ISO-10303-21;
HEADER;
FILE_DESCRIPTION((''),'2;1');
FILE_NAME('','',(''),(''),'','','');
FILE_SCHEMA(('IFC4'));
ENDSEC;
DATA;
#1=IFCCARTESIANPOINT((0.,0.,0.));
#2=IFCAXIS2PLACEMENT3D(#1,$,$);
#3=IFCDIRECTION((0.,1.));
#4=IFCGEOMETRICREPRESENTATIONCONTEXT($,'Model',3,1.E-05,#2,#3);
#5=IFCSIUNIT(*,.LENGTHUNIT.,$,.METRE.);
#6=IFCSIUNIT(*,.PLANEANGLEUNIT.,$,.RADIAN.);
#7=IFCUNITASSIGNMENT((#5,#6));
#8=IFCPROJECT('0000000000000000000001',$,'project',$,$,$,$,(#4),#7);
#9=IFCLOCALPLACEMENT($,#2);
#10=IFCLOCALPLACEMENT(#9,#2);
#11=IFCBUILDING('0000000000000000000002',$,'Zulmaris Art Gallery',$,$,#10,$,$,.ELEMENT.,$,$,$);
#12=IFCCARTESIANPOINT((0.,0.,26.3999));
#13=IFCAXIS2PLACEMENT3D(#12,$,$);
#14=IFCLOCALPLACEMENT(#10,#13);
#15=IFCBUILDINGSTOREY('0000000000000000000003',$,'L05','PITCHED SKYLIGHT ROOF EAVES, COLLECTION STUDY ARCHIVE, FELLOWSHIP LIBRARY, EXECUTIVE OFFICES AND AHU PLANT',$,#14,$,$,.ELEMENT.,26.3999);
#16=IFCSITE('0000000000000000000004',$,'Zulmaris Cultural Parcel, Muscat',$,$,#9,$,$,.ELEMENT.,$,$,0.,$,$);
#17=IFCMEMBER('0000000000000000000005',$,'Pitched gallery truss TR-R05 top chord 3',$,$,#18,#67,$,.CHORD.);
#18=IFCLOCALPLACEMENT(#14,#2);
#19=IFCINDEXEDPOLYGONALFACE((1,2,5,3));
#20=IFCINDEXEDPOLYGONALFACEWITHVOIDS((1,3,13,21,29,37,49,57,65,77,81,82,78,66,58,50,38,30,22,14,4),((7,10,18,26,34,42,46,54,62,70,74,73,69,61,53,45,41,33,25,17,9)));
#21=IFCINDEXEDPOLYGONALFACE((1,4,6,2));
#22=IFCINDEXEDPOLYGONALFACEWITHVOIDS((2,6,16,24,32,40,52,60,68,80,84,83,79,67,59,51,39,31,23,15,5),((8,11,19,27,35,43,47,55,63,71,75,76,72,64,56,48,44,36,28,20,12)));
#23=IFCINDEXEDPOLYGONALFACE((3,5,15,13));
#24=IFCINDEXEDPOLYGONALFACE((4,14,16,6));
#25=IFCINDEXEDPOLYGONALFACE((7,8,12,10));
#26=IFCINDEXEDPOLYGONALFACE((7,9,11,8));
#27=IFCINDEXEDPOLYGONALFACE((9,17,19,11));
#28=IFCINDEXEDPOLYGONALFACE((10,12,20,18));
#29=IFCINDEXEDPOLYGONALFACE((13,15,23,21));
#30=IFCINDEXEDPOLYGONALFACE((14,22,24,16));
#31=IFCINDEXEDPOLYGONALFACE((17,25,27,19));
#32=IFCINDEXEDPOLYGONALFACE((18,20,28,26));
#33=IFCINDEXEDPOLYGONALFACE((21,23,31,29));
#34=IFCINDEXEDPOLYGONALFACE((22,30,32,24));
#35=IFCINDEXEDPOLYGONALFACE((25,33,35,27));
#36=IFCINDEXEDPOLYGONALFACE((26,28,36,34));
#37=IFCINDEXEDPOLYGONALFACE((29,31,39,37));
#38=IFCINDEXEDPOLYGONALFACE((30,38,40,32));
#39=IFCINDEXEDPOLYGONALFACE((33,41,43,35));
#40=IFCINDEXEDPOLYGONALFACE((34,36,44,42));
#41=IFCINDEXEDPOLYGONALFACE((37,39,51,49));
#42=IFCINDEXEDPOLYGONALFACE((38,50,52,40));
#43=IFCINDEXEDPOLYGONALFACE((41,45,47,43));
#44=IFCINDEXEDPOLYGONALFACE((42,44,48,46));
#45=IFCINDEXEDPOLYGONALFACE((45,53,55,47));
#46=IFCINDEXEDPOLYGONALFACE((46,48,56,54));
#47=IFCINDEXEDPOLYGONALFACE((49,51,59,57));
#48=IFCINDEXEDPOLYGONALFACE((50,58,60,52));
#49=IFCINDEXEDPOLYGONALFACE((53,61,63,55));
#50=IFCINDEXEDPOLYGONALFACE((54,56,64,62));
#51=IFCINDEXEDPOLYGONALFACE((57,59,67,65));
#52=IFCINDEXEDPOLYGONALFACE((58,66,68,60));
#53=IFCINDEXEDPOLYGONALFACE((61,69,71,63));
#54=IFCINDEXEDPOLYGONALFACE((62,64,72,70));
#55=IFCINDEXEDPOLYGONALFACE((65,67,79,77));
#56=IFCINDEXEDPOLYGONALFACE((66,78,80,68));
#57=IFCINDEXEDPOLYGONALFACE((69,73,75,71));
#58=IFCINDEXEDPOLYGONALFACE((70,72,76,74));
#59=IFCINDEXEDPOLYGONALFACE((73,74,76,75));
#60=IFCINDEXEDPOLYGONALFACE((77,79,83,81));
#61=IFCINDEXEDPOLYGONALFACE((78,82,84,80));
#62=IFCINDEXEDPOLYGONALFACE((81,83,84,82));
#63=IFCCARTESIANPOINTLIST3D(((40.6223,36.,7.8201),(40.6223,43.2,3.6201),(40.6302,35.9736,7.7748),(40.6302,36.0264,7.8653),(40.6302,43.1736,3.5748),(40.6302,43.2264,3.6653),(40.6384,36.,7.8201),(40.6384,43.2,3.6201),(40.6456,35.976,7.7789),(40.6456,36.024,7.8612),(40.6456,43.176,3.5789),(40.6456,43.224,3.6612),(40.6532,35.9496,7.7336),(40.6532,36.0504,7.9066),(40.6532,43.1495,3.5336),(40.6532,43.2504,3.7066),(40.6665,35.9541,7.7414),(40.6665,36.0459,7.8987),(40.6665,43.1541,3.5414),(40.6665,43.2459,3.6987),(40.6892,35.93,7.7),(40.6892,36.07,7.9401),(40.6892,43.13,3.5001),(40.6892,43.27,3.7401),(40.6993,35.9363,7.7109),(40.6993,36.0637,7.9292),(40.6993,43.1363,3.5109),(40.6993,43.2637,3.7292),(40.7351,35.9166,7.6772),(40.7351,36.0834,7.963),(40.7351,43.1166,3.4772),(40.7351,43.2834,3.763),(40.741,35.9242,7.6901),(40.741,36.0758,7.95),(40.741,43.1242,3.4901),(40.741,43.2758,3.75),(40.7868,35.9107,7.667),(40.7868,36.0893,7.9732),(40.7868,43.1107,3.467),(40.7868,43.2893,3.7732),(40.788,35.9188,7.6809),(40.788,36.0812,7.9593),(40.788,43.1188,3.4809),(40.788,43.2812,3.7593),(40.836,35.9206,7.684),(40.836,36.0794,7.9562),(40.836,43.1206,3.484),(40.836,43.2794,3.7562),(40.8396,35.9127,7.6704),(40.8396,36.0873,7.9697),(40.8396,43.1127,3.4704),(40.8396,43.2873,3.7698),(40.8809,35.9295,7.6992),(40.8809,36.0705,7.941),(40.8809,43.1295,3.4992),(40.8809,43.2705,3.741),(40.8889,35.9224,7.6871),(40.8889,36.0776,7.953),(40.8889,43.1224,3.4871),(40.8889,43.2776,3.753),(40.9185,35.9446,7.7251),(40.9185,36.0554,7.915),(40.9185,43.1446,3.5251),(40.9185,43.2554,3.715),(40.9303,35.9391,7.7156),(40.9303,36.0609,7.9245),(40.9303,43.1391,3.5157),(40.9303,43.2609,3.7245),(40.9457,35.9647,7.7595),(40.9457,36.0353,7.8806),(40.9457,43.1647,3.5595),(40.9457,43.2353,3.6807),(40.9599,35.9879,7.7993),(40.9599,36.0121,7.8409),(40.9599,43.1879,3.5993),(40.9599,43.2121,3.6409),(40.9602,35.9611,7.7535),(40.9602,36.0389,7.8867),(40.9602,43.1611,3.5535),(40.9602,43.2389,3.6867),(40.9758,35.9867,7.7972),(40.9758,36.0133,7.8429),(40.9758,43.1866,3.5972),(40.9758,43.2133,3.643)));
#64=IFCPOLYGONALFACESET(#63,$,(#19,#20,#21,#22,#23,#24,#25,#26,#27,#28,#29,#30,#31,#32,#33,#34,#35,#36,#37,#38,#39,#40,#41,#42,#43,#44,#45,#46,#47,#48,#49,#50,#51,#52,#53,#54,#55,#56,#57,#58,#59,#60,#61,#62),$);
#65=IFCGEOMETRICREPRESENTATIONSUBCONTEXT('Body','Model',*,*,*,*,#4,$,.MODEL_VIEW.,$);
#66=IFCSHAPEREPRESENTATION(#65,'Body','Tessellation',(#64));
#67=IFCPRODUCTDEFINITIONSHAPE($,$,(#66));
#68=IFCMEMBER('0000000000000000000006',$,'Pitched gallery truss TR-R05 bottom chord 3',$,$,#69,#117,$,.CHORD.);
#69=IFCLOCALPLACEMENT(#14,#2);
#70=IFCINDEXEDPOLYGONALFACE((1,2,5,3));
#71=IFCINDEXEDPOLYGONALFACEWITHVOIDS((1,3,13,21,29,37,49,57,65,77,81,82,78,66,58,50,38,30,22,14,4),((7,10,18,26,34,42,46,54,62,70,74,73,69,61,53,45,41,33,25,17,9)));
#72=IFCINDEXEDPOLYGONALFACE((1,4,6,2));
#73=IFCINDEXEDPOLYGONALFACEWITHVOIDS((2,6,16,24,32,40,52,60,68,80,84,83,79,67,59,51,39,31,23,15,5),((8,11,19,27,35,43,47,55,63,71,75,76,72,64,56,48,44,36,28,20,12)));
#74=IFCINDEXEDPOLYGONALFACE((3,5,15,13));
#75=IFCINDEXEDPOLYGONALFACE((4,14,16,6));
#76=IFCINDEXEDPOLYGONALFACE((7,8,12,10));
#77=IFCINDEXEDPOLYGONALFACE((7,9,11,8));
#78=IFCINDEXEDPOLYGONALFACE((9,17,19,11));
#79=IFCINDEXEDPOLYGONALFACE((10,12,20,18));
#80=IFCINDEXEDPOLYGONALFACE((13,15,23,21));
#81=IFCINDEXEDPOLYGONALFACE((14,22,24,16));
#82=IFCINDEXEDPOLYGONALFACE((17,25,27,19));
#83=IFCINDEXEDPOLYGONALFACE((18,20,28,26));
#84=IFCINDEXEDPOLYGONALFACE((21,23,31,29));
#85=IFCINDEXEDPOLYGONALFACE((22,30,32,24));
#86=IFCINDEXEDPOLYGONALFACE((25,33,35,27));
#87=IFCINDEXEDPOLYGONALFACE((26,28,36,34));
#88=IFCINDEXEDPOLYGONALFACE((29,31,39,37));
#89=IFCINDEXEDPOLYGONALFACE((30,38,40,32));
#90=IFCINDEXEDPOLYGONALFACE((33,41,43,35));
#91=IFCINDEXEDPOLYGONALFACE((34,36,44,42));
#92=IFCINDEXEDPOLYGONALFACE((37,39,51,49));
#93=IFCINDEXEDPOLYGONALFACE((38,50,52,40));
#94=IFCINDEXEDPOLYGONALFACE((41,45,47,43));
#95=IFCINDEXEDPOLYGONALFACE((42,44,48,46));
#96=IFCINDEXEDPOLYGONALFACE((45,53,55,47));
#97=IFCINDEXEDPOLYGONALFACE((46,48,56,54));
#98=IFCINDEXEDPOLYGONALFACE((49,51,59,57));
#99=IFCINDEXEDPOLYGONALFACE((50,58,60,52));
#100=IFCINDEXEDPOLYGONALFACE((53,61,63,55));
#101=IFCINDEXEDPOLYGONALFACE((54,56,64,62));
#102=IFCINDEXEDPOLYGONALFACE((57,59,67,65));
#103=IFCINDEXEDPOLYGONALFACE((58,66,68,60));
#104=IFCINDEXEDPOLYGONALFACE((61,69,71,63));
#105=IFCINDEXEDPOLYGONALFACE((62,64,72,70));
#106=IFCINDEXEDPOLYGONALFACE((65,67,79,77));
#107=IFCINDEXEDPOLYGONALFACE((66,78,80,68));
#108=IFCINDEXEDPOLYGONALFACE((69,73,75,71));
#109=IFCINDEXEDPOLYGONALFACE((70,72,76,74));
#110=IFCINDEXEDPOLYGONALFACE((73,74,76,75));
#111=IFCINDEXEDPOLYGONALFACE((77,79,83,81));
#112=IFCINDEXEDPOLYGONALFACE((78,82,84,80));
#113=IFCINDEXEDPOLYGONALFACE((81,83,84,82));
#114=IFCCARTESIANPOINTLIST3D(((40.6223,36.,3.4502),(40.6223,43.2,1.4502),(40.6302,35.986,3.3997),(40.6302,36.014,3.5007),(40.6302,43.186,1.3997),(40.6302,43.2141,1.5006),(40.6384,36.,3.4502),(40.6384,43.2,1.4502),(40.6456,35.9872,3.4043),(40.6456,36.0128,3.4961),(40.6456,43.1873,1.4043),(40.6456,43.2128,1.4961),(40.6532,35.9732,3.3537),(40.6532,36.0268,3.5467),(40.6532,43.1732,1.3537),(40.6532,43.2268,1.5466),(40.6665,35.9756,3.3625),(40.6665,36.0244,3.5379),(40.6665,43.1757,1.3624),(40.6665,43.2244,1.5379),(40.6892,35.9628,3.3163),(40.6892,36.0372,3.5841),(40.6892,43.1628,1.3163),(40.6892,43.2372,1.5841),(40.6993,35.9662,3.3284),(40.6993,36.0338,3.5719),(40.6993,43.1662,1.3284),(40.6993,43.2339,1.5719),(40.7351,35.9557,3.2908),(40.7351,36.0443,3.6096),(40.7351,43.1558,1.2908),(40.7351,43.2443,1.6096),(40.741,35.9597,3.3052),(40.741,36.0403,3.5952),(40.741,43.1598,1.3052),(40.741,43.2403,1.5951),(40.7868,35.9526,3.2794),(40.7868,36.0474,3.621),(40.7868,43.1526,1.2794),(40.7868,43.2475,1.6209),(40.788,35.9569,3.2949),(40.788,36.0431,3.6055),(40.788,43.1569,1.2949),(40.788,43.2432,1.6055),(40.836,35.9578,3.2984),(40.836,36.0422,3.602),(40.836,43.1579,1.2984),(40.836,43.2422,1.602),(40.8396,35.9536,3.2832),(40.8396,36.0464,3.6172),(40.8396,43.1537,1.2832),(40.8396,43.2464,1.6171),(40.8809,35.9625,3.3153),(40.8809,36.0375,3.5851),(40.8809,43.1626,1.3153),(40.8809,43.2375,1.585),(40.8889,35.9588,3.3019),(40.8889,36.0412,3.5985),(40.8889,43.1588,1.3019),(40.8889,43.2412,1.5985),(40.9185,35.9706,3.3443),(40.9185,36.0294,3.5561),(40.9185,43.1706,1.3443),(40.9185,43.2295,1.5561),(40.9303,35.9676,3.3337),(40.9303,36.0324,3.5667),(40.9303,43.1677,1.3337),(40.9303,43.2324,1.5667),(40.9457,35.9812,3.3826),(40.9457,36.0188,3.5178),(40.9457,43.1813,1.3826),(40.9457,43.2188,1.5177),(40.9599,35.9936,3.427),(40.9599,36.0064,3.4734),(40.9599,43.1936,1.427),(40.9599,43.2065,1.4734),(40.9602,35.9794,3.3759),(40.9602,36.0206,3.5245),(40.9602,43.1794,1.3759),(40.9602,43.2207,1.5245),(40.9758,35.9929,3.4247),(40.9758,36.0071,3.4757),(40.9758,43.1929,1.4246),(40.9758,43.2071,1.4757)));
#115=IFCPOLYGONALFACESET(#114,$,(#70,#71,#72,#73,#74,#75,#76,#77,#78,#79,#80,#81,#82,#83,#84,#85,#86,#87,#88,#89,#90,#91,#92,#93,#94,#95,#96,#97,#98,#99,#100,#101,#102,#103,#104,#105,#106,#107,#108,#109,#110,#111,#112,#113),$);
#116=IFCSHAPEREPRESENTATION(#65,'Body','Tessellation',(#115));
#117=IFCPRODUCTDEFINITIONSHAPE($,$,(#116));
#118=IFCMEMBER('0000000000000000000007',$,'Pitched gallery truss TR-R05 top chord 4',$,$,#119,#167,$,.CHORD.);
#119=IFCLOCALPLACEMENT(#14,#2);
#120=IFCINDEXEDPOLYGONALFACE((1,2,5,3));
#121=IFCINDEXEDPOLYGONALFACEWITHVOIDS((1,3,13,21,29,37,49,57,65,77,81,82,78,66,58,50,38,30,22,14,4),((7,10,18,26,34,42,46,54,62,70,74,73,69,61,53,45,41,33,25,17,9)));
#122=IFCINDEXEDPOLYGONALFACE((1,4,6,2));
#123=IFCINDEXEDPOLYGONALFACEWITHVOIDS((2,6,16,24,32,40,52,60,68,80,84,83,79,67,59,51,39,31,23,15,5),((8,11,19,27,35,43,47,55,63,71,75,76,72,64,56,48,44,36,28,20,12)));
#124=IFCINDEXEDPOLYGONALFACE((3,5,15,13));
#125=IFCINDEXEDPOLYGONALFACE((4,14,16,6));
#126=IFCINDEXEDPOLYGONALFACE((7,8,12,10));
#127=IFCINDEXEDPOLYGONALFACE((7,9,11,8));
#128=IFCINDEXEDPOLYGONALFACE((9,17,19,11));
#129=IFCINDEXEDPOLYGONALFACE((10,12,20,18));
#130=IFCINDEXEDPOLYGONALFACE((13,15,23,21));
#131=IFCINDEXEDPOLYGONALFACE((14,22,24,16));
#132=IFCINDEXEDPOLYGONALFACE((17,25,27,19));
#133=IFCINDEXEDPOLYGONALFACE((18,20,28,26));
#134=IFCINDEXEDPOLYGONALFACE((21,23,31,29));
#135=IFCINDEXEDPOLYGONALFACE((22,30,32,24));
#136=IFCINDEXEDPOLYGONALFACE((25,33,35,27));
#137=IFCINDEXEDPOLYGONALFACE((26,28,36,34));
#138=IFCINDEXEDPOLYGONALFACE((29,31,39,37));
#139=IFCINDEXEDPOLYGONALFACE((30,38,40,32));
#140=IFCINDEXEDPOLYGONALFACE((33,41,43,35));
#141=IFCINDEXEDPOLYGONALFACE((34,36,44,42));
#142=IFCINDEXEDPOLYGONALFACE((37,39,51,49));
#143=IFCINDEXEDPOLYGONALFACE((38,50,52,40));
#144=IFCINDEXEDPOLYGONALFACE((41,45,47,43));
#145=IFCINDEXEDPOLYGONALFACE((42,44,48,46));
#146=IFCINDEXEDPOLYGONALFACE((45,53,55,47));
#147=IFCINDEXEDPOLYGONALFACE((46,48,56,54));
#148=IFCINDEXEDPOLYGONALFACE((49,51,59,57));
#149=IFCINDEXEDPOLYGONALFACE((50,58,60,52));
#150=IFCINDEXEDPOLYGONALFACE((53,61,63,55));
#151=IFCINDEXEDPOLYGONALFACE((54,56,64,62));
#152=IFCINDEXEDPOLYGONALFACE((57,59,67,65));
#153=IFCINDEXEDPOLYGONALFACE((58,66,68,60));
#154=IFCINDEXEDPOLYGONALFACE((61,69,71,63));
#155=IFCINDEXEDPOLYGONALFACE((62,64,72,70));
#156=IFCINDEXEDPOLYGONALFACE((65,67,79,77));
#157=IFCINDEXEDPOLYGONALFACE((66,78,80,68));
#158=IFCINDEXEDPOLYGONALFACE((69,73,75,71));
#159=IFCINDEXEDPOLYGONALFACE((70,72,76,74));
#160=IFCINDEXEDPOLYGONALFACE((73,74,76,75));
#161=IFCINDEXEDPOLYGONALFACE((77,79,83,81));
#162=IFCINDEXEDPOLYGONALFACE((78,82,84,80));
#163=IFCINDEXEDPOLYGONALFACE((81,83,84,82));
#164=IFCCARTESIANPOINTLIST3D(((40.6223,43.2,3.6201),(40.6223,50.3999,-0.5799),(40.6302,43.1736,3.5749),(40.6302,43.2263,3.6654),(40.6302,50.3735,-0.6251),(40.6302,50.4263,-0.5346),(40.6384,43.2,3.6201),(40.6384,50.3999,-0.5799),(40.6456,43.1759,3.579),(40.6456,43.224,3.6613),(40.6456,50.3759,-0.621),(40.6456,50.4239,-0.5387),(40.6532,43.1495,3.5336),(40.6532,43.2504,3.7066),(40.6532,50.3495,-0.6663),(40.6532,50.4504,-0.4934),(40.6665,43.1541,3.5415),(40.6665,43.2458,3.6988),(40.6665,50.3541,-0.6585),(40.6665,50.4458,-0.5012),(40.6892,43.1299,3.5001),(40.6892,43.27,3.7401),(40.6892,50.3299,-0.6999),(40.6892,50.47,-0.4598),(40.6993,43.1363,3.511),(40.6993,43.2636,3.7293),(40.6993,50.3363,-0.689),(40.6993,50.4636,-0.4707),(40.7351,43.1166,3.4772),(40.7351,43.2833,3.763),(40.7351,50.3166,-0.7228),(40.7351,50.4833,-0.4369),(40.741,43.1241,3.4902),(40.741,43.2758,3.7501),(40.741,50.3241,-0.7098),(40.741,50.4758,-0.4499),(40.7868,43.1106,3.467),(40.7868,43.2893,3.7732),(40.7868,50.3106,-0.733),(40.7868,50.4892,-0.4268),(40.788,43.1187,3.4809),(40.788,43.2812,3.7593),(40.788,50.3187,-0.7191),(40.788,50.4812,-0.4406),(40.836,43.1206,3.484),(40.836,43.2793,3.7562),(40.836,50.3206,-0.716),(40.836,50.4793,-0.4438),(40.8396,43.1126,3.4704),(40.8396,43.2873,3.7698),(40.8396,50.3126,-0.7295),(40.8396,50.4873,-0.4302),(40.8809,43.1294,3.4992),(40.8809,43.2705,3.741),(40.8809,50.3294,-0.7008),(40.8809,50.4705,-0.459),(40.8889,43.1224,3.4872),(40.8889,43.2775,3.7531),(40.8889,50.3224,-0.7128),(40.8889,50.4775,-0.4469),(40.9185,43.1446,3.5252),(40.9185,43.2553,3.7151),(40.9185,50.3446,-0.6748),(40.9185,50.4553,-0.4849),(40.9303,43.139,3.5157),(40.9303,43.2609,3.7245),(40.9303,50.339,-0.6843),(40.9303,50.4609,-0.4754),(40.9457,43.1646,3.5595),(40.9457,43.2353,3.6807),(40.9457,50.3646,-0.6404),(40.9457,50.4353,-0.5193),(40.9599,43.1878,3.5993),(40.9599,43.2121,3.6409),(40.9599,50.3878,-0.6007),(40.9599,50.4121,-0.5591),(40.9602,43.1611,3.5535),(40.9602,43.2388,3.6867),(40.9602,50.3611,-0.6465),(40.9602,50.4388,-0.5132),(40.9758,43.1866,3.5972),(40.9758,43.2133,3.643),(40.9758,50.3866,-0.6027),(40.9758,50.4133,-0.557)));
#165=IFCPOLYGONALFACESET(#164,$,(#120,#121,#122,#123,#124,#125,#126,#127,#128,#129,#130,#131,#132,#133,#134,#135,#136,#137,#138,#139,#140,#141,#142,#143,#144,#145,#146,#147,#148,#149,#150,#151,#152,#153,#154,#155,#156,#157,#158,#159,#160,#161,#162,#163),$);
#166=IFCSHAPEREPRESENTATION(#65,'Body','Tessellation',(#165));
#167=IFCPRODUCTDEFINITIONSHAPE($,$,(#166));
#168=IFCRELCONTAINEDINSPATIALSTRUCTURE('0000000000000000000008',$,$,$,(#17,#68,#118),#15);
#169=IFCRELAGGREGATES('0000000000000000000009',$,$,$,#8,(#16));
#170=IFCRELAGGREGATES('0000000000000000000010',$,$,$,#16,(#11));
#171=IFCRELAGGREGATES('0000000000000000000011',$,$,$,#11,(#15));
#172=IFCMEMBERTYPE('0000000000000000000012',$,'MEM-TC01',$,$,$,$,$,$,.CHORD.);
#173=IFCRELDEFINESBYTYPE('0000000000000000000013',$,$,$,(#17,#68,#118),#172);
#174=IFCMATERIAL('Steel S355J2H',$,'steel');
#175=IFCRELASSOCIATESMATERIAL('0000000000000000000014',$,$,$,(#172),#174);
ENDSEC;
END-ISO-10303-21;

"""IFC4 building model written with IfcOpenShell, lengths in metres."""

from ifc_helpers import new_model, si_unit, direction, frame, origin, origin_2d, place, context, subcontext, project, spatial, hollow_circle, extrude, material, material_profile, profile_set, type_object, element, save


model = new_model("IFC4")

# Units and contexts
model_context = context("Model", 3, precision=1e-05, world=origin(), true_north=direction((0.0, 1.0)))
body_context = subcontext(model_context, "Body", "Model", "MODEL_VIEW")
ifc_project = project(units=[si_unit("LENGTHUNIT", "METRE"), si_unit("PLANEANGLEUNIT", "RADIAN")], contexts=[model_context])

# Site, building, storey
site_placement = place(None, origin())
site = spatial("IfcSite", under=ifc_project, at=site_placement, Name="Zulmaris Cultural Parcel, Muscat", CompositionType="ELEMENT", RefElevation=0.0)
building_placement = place(site_placement, origin())
building = spatial("IfcBuilding", under=site, at=building_placement, Name="Zulmaris Art Gallery", CompositionType="ELEMENT")
storey_placement = place(building_placement, frame((0.0, 0.0, 26.3999)))
storey = spatial("IfcBuildingStorey", under=building, at=storey_placement, Name="L05", Description="PITCHED SKYLIGHT ROOF EAVES, COLLECTION STUDY ARCHIVE, FELLOWSHIP LIBRARY, EXECUTIVE OFFICES AND AHU PLANT", CompositionType="ELEMENT", Elevation=26.3999)

# Members
ifc_material_1 = material(Name="Steel S355J2H", Category="steel")
ifc_material_profile_1 = material_profile(ifc_material_1, hollow_circle(Radius=0.1777, WallThickness=0.0161, at=origin_2d()), Name="CHS 355.6x16")
ifc_profile_set_1 = profile_set([ifc_material_profile_1], Name="Steel S355J2H")
member_type_1 = type_object("IfcMemberType", Name="MEM-TC01", PredefinedType="CHORD", material=ifc_profile_set_1)
member_1_placement = place(storey_placement, frame((40.8, 36.0, 7.8201), z_axis=(0.0, 0.86378, -0.503869), x_axis=(-1.0, 0.0, 0.0)))
element("IfcMember", 1, at=member_1_placement, inside=storey, type_object=member_type_1, Name="Pitched gallery truss TR-R05 top chord 3", PredefinedType="CHORD", context=body_context, shape_type="SweptSolid", body=[
    extrude(hollow_circle(Radius=0.1777, WallThickness=0.0161, at=origin_2d()), origin(), (0.0, 0.0, 1.0), 8.3354),
])
member_2_placement = place(storey_placement, frame((40.8, 36.0, 3.4502), z_axis=(0.0, 0.963517, -0.267646), x_axis=(-1.0, 0.0, 0.0)))
element("IfcMember", 2, at=member_2_placement, inside=storey, type_object=member_type_1, Name="Pitched gallery truss TR-R05 bottom chord 3", PredefinedType="CHORD", context=body_context, shape_type="SweptSolid", body=[
    extrude(hollow_circle(Radius=0.1777, WallThickness=0.0161, at=origin_2d()), origin(), (0.0, 0.0, 1.0), 7.4727),
])
member_3_placement = place(storey_placement, frame((40.8, 43.2, 3.6201), z_axis=(0.0, 0.86378, -0.503869), x_axis=(-1.0, 0.0, 0.0)))
element("IfcMember", 3, at=member_3_placement, inside=storey, type_object=member_type_1, Name="Pitched gallery truss TR-R05 top chord 4", PredefinedType="CHORD", context=body_context, shape_type="SweptSolid", body=[
    extrude(hollow_circle(Radius=0.1777, WallThickness=0.0161, at=origin_2d()), origin(), (0.0, 0.0, 1.0), 8.3354),
])

save(model, "model.ifc")
